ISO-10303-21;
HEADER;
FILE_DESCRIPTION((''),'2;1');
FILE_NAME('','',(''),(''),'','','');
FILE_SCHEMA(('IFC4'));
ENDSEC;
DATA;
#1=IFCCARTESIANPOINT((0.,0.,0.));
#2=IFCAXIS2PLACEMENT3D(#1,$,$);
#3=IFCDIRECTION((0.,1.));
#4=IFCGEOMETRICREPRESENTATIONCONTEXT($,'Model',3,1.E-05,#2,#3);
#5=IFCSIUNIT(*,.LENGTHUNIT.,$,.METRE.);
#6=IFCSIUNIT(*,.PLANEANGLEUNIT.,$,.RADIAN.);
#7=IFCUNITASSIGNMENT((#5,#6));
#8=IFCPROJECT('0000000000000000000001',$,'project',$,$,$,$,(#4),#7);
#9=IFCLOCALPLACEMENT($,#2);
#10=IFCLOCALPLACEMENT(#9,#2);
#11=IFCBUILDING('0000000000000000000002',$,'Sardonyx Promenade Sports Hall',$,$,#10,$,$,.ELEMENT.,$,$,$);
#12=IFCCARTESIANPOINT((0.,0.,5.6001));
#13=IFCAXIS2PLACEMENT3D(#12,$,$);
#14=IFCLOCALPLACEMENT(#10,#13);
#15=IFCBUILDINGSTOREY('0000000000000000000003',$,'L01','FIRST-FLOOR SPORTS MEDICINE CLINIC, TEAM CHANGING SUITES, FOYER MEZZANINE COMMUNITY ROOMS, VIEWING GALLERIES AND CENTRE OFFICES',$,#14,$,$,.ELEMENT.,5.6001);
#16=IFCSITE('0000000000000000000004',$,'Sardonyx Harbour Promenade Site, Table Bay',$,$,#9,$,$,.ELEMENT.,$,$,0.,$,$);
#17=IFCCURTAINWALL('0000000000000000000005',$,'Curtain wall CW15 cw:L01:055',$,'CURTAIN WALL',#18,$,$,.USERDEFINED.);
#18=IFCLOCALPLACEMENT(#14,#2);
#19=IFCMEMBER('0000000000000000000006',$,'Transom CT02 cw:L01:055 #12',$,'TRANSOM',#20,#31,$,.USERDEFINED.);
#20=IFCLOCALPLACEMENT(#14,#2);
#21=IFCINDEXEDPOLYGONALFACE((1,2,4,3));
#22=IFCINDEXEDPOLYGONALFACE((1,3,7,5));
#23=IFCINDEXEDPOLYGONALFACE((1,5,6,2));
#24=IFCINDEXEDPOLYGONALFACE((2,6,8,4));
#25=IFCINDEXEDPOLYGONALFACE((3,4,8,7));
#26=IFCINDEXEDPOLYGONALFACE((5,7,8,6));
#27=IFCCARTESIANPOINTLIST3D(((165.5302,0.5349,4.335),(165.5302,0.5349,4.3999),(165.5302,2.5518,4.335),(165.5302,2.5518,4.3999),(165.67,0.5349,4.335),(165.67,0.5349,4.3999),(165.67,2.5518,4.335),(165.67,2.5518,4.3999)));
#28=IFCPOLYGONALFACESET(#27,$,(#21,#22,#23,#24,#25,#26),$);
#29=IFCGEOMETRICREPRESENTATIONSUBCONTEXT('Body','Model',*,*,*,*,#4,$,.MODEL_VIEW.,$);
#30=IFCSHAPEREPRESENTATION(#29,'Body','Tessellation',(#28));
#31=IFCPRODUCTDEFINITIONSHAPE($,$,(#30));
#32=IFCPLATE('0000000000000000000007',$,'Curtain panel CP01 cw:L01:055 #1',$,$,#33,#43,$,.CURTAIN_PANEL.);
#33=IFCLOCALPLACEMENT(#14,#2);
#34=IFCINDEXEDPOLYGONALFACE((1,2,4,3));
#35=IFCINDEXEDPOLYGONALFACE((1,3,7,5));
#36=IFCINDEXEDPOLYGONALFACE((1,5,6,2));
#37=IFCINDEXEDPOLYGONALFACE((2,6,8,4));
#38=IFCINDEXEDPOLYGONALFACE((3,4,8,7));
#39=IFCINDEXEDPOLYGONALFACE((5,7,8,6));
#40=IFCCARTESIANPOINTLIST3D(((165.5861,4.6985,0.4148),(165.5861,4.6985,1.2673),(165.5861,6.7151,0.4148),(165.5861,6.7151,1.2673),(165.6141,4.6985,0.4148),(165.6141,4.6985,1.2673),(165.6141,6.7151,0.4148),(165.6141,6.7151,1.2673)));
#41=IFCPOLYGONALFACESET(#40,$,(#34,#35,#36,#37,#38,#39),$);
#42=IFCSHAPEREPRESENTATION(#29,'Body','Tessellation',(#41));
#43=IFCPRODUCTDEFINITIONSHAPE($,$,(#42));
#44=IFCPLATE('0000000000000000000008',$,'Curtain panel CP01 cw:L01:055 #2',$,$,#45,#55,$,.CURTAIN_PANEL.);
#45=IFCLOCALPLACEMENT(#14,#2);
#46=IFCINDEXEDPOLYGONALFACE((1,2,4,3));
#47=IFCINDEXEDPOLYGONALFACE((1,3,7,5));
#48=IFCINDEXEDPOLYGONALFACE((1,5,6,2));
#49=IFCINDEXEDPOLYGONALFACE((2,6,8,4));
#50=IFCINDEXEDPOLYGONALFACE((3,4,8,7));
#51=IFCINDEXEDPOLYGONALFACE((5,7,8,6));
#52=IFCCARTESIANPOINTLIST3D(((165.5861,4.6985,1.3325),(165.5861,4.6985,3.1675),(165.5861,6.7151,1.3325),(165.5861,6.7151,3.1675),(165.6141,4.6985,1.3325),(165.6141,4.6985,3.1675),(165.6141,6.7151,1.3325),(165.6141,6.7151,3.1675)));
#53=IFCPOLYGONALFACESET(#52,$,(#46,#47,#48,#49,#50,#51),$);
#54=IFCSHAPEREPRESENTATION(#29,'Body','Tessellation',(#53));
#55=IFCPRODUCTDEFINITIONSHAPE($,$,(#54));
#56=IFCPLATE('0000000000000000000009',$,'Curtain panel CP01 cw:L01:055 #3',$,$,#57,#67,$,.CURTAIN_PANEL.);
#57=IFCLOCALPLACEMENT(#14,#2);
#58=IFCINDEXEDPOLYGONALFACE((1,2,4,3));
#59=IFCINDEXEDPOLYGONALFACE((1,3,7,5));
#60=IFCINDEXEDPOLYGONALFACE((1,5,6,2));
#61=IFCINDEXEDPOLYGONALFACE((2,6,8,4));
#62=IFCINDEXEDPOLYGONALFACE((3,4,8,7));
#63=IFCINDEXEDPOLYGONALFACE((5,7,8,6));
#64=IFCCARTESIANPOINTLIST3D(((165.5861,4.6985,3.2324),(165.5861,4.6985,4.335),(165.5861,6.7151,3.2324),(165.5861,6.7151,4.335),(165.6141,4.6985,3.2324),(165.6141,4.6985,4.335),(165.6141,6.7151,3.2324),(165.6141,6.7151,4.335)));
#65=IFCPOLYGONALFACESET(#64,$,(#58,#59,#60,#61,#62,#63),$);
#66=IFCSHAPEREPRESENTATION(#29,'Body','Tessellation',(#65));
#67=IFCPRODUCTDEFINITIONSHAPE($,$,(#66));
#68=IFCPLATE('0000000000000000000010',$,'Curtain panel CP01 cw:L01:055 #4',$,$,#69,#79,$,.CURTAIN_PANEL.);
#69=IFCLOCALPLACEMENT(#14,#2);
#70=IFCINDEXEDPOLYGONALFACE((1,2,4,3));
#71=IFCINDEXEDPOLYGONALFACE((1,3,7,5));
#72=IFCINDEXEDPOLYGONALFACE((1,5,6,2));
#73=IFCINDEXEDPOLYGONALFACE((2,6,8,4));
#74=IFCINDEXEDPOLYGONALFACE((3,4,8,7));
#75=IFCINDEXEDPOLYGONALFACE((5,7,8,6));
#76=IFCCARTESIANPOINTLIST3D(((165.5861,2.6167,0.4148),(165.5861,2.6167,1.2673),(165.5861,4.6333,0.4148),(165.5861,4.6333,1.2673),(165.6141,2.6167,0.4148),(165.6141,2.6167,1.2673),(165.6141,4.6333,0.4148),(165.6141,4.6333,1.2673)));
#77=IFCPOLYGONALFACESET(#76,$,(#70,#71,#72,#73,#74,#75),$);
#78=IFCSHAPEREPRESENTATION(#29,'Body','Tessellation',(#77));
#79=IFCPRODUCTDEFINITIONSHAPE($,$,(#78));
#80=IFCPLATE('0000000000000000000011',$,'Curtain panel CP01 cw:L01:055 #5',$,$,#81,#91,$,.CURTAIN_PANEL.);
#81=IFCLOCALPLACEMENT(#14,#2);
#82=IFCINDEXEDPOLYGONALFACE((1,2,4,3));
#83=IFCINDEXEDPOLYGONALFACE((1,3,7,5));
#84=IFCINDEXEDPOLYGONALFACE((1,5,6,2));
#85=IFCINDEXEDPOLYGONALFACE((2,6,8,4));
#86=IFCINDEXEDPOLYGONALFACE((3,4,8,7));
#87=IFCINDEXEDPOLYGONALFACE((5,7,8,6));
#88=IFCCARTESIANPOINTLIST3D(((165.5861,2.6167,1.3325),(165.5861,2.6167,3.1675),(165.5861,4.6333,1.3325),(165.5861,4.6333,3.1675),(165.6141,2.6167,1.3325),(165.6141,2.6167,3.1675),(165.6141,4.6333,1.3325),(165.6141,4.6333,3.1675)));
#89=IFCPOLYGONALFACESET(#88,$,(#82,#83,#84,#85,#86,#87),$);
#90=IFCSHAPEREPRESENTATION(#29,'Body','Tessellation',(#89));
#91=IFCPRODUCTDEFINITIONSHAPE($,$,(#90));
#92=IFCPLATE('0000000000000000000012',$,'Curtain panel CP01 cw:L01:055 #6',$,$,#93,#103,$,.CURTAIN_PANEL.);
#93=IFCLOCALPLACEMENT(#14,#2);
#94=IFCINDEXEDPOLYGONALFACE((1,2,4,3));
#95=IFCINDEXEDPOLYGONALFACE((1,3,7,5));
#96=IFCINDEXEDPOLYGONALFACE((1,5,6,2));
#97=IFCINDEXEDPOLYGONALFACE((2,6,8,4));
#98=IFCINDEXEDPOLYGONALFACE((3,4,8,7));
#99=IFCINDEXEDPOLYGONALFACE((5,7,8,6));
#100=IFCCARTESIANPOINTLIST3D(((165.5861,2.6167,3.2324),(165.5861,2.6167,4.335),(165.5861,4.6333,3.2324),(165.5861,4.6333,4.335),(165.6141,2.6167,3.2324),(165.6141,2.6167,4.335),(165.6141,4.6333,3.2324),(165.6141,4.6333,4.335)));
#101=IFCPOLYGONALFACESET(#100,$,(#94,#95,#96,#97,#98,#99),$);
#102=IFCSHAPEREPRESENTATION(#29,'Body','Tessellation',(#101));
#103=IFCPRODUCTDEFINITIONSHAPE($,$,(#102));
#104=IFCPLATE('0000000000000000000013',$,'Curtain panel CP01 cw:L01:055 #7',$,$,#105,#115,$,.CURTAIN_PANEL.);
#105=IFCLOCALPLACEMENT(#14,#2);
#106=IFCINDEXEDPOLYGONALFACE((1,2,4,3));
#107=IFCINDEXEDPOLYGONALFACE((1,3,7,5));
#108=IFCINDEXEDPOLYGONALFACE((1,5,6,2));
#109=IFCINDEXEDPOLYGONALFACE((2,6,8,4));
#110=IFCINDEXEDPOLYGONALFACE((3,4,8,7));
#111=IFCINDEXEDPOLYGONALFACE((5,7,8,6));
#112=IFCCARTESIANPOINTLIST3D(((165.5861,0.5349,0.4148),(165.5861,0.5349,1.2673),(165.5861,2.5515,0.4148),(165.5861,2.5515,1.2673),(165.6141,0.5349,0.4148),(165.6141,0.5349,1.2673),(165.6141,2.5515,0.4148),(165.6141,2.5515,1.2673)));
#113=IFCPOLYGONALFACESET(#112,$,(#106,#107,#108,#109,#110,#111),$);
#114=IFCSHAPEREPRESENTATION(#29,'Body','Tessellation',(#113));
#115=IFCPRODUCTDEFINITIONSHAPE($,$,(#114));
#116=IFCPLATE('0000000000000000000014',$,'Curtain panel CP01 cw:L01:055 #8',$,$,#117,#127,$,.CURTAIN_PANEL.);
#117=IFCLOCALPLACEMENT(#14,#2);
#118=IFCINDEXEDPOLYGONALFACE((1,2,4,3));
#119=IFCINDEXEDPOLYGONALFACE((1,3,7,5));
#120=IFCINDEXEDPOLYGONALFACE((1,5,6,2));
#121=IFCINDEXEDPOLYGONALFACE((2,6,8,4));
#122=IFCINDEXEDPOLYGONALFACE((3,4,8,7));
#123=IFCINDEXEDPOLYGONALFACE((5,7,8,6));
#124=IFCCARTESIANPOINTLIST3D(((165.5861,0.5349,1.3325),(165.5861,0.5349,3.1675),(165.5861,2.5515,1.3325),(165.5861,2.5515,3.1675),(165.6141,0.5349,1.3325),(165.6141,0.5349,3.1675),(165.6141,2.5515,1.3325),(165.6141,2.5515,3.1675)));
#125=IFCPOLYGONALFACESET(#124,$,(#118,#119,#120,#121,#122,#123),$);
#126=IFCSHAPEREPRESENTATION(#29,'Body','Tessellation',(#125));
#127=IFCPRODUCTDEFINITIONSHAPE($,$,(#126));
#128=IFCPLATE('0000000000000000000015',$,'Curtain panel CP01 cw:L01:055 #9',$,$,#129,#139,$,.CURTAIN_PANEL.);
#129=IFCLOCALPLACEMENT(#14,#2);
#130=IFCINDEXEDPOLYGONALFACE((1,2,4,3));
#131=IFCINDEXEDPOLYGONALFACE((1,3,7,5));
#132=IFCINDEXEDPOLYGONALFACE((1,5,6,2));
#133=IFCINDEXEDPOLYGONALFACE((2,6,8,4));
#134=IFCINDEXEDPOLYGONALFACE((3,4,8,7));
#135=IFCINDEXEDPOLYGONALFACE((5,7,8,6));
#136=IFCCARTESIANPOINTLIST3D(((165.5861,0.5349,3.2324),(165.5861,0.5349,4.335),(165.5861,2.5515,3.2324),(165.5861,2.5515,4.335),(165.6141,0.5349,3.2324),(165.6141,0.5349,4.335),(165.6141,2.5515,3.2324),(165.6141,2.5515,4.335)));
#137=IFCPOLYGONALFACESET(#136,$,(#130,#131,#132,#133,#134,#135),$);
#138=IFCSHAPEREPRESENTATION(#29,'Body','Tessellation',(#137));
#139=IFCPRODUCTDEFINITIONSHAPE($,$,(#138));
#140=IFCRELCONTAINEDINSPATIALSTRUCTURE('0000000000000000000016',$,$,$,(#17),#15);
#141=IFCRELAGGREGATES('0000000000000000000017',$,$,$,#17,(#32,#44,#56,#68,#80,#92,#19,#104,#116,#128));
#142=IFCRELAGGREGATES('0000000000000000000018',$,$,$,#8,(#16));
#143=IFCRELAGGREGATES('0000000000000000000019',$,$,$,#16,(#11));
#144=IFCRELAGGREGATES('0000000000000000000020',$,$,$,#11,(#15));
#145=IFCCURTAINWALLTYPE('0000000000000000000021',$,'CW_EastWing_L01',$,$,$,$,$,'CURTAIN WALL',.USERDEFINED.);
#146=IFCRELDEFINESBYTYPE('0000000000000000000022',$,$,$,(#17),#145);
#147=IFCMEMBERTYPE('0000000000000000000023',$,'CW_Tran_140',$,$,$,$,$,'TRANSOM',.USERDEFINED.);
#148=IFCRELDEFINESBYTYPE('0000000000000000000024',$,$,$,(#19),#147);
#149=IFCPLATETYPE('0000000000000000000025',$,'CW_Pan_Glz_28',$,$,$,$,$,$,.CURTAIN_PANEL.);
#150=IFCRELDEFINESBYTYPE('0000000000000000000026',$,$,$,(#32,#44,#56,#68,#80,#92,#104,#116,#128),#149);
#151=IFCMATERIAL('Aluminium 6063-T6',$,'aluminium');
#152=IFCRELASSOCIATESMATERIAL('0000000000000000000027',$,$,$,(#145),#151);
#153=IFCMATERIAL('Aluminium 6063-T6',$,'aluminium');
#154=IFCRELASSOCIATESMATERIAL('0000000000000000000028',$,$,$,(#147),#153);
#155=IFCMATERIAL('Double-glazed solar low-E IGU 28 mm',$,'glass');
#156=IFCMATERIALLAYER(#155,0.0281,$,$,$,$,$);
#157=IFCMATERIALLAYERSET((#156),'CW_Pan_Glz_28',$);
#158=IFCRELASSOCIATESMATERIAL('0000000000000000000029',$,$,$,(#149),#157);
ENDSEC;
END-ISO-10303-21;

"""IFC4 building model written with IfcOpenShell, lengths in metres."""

from ifc_helpers import new_model, si_unit, direction, frame, origin, origin_2d, place, context, subcontext, project, spatial, rectangle, extrude, material, layer, layer_set, material_profile, profile_set, type_object, element, aggregate, save


model = new_model("IFC4")

# Units and contexts
model_context = context("Model", 3, precision=1e-05, world=origin(), true_north=direction((0.0, 1.0)))
body_context = subcontext(model_context, "Body", "Model", "MODEL_VIEW")
ifc_project = project(units=[si_unit("LENGTHUNIT", "METRE"), si_unit("PLANEANGLEUNIT", "RADIAN")], contexts=[model_context])

# Site, building, storey
site_placement = place(None, origin())
site = spatial("IfcSite", under=ifc_project, at=site_placement, Name="Sardonyx Harbour Promenade Site, Table Bay", CompositionType="ELEMENT", RefElevation=0.0)
building_placement = place(site_placement, origin())
building = spatial("IfcBuilding", under=site, at=building_placement, Name="Sardonyx Promenade Sports Hall", CompositionType="ELEMENT")
storey_placement = place(building_placement, frame((0.0, 0.0, 5.6001)))
storey = spatial("IfcBuildingStorey", under=building, at=storey_placement, Name="L01", Description="FIRST-FLOOR SPORTS MEDICINE CLINIC, TEAM CHANGING SUITES, FOYER MEZZANINE COMMUNITY ROOMS, VIEWING GALLERIES AND CENTRE OFFICES", CompositionType="ELEMENT", Elevation=5.6001)

# Curtain wall, member, plates
ifc_material_1 = material(Name="Aluminium 6063-T6", Category="aluminium")
curtain_wall_type = type_object("IfcCurtainWallType", Name="CW_EastWing_L01", ElementType="CURTAIN WALL", PredefinedType="USERDEFINED", material=ifc_material_1)
curtain_wall_placement = place(storey_placement, origin())
curtain_wall = element("IfcCurtainWall", 1, at=curtain_wall_placement, inside=storey, type_object=curtain_wall_type, Name="Curtain wall CW15 cw:L01:055", ObjectType="CURTAIN WALL", PredefinedType="USERDEFINED")
ifc_material_2 = material(Name="Aluminium 6063-T6", Category="aluminium")
ifc_material_profile_1 = material_profile(ifc_material_2, rectangle(XDim=0.0649, YDim=0.1399, at=origin_2d()))
ifc_profile_set_1 = profile_set([ifc_material_profile_1], Name="Aluminium 6063-T6")
member_type_1 = type_object("IfcMemberType", Name="CW_Tran_140", ElementType="TRANSOM", PredefinedType="USERDEFINED", material=ifc_profile_set_1)
member_1_placement = place(storey_placement, frame((165.6001, 2.5518, 4.3674), z_axis=(0.0, -1.0, 0.0), x_axis=(0.0, 0.0, 1.0)))
member_1 = element("IfcMember", 2, at=member_1_placement, type_object=member_type_1, Name="Transom CT02 cw:L01:055 #12", ObjectType="TRANSOM", PredefinedType="USERDEFINED", context=body_context, shape_type="SweptSolid", body=[
    extrude(rectangle(XDim=0.0649, YDim=0.1399, at=origin_2d()), origin(), (0.0, 0.0, 1.0), 2.0168),
])
ifc_material_3 = material(Name="Double-glazed solar low-E IGU 28 mm", Category="glass")
ifc_layer = layer(ifc_material_3, 0.0281)
ifc_layer_set = layer_set([ifc_layer], Name="CW_Pan_Glz_28")
plate_type = type_object("IfcPlateType", Name="CW_Pan_Glz_28", PredefinedType="CURTAIN_PANEL", material=ifc_layer_set)
plate_1_placement = place(storey_placement, frame((165.6001, 5.7068, 0.4148), z_axis=(0.0, 0.0, 1.0), x_axis=(0.0, -1.0, 0.0)))
plate_1 = element("IfcPlate", 3, at=plate_1_placement, type_object=plate_type, Name="Curtain panel CP01 cw:L01:055 #1", PredefinedType="CURTAIN_PANEL", context=body_context, shape_type="SweptSolid", body=[
    extrude(rectangle(XDim=2.0166, YDim=0.0281, at=origin_2d()), origin(), (0.0, 0.0, 1.0), 0.8525),
])
plate_2_placement = place(storey_placement, frame((165.6001, 5.7068, 1.3325), z_axis=(0.0, 0.0, 1.0), x_axis=(0.0, -1.0, 0.0)))
plate_2 = element("IfcPlate", 4, at=plate_2_placement, type_object=plate_type, Name="Curtain panel CP01 cw:L01:055 #2", PredefinedType="CURTAIN_PANEL", context=body_context, shape_type="SweptSolid", body=[
    extrude(rectangle(XDim=2.0166, YDim=0.0281, at=origin_2d()), origin(), (0.0, 0.0, 1.0), 1.835),
])
plate_3_placement = place(storey_placement, frame((165.6001, 5.7068, 3.2324), z_axis=(0.0, 0.0, 1.0), x_axis=(0.0, -1.0, 0.0)))
plate_3 = element("IfcPlate", 5, at=plate_3_placement, type_object=plate_type, Name="Curtain panel CP01 cw:L01:055 #3", PredefinedType="CURTAIN_PANEL", context=body_context, shape_type="SweptSolid", body=[
    extrude(rectangle(XDim=2.0166, YDim=0.0281, at=origin_2d()), origin(), (0.0, 0.0, 1.0), 1.1025),
])
plate_4_placement = place(storey_placement, frame((165.6001, 3.625, 0.4148), z_axis=(0.0, 0.0, 1.0), x_axis=(0.0, -1.0, 0.0)))
plate_4 = element("IfcPlate", 6, at=plate_4_placement, type_object=plate_type, Name="Curtain panel CP01 cw:L01:055 #4", PredefinedType="CURTAIN_PANEL", context=body_context, shape_type="SweptSolid", body=[
    extrude(rectangle(XDim=2.0166, YDim=0.0281, at=origin_2d()), origin(), (0.0, 0.0, 1.0), 0.8525),
])
plate_5_placement = place(storey_placement, frame((165.6001, 3.625, 1.3325), z_axis=(0.0, 0.0, 1.0), x_axis=(0.0, -1.0, 0.0)))
plate_5 = element("IfcPlate", 7, at=plate_5_placement, type_object=plate_type, Name="Curtain panel CP01 cw:L01:055 #5", PredefinedType="CURTAIN_PANEL", context=body_context, shape_type="SweptSolid", body=[
    extrude(rectangle(XDim=2.0166, YDim=0.0281, at=origin_2d()), origin(), (0.0, 0.0, 1.0), 1.835),
])
plate_6_placement = place(storey_placement, frame((165.6001, 3.625, 3.2324), z_axis=(0.0, 0.0, 1.0), x_axis=(0.0, -1.0, 0.0)))
plate_6 = element("IfcPlate", 8, at=plate_6_placement, type_object=plate_type, Name="Curtain panel CP01 cw:L01:055 #6", PredefinedType="CURTAIN_PANEL", context=body_context, shape_type="SweptSolid", body=[
    extrude(rectangle(XDim=2.0166, YDim=0.0281, at=origin_2d()), origin(), (0.0, 0.0, 1.0), 1.1025),
])
plate_7_placement = place(storey_placement, frame((165.6001, 1.5432, 0.4148), z_axis=(0.0, 0.0, 1.0), x_axis=(0.0, -1.0, 0.0)))
plate_7 = element("IfcPlate", 9, at=plate_7_placement, type_object=plate_type, Name="Curtain panel CP01 cw:L01:055 #7", PredefinedType="CURTAIN_PANEL", context=body_context, shape_type="SweptSolid", body=[
    extrude(rectangle(XDim=2.0166, YDim=0.0281, at=origin_2d()), origin(), (0.0, 0.0, 1.0), 0.8525),
])
plate_8_placement = place(storey_placement, frame((165.6001, 1.5432, 1.3325), z_axis=(0.0, 0.0, 1.0), x_axis=(0.0, -1.0, 0.0)))
plate_8 = element("IfcPlate", 10, at=plate_8_placement, type_object=plate_type, Name="Curtain panel CP01 cw:L01:055 #8", PredefinedType="CURTAIN_PANEL", context=body_context, shape_type="SweptSolid", body=[
    extrude(rectangle(XDim=2.0166, YDim=0.0281, at=origin_2d()), origin(), (0.0, 0.0, 1.0), 1.835),
])
plate_9_placement = place(storey_placement, frame((165.6001, 1.5432, 3.2324), z_axis=(0.0, 0.0, 1.0), x_axis=(0.0, -1.0, 0.0)))
plate_9 = element("IfcPlate", 11, at=plate_9_placement, type_object=plate_type, Name="Curtain panel CP01 cw:L01:055 #9", PredefinedType="CURTAIN_PANEL", context=body_context, shape_type="SweptSolid", body=[
    extrude(rectangle(XDim=2.0166, YDim=0.0281, at=origin_2d()), origin(), (0.0, 0.0, 1.0), 1.1025),
])
aggregate(curtain_wall, [plate_1, plate_2, plate_3, plate_4, plate_5, plate_6, member_1, plate_7, plate_8, plate_9])

save(model, "model.ifc")
